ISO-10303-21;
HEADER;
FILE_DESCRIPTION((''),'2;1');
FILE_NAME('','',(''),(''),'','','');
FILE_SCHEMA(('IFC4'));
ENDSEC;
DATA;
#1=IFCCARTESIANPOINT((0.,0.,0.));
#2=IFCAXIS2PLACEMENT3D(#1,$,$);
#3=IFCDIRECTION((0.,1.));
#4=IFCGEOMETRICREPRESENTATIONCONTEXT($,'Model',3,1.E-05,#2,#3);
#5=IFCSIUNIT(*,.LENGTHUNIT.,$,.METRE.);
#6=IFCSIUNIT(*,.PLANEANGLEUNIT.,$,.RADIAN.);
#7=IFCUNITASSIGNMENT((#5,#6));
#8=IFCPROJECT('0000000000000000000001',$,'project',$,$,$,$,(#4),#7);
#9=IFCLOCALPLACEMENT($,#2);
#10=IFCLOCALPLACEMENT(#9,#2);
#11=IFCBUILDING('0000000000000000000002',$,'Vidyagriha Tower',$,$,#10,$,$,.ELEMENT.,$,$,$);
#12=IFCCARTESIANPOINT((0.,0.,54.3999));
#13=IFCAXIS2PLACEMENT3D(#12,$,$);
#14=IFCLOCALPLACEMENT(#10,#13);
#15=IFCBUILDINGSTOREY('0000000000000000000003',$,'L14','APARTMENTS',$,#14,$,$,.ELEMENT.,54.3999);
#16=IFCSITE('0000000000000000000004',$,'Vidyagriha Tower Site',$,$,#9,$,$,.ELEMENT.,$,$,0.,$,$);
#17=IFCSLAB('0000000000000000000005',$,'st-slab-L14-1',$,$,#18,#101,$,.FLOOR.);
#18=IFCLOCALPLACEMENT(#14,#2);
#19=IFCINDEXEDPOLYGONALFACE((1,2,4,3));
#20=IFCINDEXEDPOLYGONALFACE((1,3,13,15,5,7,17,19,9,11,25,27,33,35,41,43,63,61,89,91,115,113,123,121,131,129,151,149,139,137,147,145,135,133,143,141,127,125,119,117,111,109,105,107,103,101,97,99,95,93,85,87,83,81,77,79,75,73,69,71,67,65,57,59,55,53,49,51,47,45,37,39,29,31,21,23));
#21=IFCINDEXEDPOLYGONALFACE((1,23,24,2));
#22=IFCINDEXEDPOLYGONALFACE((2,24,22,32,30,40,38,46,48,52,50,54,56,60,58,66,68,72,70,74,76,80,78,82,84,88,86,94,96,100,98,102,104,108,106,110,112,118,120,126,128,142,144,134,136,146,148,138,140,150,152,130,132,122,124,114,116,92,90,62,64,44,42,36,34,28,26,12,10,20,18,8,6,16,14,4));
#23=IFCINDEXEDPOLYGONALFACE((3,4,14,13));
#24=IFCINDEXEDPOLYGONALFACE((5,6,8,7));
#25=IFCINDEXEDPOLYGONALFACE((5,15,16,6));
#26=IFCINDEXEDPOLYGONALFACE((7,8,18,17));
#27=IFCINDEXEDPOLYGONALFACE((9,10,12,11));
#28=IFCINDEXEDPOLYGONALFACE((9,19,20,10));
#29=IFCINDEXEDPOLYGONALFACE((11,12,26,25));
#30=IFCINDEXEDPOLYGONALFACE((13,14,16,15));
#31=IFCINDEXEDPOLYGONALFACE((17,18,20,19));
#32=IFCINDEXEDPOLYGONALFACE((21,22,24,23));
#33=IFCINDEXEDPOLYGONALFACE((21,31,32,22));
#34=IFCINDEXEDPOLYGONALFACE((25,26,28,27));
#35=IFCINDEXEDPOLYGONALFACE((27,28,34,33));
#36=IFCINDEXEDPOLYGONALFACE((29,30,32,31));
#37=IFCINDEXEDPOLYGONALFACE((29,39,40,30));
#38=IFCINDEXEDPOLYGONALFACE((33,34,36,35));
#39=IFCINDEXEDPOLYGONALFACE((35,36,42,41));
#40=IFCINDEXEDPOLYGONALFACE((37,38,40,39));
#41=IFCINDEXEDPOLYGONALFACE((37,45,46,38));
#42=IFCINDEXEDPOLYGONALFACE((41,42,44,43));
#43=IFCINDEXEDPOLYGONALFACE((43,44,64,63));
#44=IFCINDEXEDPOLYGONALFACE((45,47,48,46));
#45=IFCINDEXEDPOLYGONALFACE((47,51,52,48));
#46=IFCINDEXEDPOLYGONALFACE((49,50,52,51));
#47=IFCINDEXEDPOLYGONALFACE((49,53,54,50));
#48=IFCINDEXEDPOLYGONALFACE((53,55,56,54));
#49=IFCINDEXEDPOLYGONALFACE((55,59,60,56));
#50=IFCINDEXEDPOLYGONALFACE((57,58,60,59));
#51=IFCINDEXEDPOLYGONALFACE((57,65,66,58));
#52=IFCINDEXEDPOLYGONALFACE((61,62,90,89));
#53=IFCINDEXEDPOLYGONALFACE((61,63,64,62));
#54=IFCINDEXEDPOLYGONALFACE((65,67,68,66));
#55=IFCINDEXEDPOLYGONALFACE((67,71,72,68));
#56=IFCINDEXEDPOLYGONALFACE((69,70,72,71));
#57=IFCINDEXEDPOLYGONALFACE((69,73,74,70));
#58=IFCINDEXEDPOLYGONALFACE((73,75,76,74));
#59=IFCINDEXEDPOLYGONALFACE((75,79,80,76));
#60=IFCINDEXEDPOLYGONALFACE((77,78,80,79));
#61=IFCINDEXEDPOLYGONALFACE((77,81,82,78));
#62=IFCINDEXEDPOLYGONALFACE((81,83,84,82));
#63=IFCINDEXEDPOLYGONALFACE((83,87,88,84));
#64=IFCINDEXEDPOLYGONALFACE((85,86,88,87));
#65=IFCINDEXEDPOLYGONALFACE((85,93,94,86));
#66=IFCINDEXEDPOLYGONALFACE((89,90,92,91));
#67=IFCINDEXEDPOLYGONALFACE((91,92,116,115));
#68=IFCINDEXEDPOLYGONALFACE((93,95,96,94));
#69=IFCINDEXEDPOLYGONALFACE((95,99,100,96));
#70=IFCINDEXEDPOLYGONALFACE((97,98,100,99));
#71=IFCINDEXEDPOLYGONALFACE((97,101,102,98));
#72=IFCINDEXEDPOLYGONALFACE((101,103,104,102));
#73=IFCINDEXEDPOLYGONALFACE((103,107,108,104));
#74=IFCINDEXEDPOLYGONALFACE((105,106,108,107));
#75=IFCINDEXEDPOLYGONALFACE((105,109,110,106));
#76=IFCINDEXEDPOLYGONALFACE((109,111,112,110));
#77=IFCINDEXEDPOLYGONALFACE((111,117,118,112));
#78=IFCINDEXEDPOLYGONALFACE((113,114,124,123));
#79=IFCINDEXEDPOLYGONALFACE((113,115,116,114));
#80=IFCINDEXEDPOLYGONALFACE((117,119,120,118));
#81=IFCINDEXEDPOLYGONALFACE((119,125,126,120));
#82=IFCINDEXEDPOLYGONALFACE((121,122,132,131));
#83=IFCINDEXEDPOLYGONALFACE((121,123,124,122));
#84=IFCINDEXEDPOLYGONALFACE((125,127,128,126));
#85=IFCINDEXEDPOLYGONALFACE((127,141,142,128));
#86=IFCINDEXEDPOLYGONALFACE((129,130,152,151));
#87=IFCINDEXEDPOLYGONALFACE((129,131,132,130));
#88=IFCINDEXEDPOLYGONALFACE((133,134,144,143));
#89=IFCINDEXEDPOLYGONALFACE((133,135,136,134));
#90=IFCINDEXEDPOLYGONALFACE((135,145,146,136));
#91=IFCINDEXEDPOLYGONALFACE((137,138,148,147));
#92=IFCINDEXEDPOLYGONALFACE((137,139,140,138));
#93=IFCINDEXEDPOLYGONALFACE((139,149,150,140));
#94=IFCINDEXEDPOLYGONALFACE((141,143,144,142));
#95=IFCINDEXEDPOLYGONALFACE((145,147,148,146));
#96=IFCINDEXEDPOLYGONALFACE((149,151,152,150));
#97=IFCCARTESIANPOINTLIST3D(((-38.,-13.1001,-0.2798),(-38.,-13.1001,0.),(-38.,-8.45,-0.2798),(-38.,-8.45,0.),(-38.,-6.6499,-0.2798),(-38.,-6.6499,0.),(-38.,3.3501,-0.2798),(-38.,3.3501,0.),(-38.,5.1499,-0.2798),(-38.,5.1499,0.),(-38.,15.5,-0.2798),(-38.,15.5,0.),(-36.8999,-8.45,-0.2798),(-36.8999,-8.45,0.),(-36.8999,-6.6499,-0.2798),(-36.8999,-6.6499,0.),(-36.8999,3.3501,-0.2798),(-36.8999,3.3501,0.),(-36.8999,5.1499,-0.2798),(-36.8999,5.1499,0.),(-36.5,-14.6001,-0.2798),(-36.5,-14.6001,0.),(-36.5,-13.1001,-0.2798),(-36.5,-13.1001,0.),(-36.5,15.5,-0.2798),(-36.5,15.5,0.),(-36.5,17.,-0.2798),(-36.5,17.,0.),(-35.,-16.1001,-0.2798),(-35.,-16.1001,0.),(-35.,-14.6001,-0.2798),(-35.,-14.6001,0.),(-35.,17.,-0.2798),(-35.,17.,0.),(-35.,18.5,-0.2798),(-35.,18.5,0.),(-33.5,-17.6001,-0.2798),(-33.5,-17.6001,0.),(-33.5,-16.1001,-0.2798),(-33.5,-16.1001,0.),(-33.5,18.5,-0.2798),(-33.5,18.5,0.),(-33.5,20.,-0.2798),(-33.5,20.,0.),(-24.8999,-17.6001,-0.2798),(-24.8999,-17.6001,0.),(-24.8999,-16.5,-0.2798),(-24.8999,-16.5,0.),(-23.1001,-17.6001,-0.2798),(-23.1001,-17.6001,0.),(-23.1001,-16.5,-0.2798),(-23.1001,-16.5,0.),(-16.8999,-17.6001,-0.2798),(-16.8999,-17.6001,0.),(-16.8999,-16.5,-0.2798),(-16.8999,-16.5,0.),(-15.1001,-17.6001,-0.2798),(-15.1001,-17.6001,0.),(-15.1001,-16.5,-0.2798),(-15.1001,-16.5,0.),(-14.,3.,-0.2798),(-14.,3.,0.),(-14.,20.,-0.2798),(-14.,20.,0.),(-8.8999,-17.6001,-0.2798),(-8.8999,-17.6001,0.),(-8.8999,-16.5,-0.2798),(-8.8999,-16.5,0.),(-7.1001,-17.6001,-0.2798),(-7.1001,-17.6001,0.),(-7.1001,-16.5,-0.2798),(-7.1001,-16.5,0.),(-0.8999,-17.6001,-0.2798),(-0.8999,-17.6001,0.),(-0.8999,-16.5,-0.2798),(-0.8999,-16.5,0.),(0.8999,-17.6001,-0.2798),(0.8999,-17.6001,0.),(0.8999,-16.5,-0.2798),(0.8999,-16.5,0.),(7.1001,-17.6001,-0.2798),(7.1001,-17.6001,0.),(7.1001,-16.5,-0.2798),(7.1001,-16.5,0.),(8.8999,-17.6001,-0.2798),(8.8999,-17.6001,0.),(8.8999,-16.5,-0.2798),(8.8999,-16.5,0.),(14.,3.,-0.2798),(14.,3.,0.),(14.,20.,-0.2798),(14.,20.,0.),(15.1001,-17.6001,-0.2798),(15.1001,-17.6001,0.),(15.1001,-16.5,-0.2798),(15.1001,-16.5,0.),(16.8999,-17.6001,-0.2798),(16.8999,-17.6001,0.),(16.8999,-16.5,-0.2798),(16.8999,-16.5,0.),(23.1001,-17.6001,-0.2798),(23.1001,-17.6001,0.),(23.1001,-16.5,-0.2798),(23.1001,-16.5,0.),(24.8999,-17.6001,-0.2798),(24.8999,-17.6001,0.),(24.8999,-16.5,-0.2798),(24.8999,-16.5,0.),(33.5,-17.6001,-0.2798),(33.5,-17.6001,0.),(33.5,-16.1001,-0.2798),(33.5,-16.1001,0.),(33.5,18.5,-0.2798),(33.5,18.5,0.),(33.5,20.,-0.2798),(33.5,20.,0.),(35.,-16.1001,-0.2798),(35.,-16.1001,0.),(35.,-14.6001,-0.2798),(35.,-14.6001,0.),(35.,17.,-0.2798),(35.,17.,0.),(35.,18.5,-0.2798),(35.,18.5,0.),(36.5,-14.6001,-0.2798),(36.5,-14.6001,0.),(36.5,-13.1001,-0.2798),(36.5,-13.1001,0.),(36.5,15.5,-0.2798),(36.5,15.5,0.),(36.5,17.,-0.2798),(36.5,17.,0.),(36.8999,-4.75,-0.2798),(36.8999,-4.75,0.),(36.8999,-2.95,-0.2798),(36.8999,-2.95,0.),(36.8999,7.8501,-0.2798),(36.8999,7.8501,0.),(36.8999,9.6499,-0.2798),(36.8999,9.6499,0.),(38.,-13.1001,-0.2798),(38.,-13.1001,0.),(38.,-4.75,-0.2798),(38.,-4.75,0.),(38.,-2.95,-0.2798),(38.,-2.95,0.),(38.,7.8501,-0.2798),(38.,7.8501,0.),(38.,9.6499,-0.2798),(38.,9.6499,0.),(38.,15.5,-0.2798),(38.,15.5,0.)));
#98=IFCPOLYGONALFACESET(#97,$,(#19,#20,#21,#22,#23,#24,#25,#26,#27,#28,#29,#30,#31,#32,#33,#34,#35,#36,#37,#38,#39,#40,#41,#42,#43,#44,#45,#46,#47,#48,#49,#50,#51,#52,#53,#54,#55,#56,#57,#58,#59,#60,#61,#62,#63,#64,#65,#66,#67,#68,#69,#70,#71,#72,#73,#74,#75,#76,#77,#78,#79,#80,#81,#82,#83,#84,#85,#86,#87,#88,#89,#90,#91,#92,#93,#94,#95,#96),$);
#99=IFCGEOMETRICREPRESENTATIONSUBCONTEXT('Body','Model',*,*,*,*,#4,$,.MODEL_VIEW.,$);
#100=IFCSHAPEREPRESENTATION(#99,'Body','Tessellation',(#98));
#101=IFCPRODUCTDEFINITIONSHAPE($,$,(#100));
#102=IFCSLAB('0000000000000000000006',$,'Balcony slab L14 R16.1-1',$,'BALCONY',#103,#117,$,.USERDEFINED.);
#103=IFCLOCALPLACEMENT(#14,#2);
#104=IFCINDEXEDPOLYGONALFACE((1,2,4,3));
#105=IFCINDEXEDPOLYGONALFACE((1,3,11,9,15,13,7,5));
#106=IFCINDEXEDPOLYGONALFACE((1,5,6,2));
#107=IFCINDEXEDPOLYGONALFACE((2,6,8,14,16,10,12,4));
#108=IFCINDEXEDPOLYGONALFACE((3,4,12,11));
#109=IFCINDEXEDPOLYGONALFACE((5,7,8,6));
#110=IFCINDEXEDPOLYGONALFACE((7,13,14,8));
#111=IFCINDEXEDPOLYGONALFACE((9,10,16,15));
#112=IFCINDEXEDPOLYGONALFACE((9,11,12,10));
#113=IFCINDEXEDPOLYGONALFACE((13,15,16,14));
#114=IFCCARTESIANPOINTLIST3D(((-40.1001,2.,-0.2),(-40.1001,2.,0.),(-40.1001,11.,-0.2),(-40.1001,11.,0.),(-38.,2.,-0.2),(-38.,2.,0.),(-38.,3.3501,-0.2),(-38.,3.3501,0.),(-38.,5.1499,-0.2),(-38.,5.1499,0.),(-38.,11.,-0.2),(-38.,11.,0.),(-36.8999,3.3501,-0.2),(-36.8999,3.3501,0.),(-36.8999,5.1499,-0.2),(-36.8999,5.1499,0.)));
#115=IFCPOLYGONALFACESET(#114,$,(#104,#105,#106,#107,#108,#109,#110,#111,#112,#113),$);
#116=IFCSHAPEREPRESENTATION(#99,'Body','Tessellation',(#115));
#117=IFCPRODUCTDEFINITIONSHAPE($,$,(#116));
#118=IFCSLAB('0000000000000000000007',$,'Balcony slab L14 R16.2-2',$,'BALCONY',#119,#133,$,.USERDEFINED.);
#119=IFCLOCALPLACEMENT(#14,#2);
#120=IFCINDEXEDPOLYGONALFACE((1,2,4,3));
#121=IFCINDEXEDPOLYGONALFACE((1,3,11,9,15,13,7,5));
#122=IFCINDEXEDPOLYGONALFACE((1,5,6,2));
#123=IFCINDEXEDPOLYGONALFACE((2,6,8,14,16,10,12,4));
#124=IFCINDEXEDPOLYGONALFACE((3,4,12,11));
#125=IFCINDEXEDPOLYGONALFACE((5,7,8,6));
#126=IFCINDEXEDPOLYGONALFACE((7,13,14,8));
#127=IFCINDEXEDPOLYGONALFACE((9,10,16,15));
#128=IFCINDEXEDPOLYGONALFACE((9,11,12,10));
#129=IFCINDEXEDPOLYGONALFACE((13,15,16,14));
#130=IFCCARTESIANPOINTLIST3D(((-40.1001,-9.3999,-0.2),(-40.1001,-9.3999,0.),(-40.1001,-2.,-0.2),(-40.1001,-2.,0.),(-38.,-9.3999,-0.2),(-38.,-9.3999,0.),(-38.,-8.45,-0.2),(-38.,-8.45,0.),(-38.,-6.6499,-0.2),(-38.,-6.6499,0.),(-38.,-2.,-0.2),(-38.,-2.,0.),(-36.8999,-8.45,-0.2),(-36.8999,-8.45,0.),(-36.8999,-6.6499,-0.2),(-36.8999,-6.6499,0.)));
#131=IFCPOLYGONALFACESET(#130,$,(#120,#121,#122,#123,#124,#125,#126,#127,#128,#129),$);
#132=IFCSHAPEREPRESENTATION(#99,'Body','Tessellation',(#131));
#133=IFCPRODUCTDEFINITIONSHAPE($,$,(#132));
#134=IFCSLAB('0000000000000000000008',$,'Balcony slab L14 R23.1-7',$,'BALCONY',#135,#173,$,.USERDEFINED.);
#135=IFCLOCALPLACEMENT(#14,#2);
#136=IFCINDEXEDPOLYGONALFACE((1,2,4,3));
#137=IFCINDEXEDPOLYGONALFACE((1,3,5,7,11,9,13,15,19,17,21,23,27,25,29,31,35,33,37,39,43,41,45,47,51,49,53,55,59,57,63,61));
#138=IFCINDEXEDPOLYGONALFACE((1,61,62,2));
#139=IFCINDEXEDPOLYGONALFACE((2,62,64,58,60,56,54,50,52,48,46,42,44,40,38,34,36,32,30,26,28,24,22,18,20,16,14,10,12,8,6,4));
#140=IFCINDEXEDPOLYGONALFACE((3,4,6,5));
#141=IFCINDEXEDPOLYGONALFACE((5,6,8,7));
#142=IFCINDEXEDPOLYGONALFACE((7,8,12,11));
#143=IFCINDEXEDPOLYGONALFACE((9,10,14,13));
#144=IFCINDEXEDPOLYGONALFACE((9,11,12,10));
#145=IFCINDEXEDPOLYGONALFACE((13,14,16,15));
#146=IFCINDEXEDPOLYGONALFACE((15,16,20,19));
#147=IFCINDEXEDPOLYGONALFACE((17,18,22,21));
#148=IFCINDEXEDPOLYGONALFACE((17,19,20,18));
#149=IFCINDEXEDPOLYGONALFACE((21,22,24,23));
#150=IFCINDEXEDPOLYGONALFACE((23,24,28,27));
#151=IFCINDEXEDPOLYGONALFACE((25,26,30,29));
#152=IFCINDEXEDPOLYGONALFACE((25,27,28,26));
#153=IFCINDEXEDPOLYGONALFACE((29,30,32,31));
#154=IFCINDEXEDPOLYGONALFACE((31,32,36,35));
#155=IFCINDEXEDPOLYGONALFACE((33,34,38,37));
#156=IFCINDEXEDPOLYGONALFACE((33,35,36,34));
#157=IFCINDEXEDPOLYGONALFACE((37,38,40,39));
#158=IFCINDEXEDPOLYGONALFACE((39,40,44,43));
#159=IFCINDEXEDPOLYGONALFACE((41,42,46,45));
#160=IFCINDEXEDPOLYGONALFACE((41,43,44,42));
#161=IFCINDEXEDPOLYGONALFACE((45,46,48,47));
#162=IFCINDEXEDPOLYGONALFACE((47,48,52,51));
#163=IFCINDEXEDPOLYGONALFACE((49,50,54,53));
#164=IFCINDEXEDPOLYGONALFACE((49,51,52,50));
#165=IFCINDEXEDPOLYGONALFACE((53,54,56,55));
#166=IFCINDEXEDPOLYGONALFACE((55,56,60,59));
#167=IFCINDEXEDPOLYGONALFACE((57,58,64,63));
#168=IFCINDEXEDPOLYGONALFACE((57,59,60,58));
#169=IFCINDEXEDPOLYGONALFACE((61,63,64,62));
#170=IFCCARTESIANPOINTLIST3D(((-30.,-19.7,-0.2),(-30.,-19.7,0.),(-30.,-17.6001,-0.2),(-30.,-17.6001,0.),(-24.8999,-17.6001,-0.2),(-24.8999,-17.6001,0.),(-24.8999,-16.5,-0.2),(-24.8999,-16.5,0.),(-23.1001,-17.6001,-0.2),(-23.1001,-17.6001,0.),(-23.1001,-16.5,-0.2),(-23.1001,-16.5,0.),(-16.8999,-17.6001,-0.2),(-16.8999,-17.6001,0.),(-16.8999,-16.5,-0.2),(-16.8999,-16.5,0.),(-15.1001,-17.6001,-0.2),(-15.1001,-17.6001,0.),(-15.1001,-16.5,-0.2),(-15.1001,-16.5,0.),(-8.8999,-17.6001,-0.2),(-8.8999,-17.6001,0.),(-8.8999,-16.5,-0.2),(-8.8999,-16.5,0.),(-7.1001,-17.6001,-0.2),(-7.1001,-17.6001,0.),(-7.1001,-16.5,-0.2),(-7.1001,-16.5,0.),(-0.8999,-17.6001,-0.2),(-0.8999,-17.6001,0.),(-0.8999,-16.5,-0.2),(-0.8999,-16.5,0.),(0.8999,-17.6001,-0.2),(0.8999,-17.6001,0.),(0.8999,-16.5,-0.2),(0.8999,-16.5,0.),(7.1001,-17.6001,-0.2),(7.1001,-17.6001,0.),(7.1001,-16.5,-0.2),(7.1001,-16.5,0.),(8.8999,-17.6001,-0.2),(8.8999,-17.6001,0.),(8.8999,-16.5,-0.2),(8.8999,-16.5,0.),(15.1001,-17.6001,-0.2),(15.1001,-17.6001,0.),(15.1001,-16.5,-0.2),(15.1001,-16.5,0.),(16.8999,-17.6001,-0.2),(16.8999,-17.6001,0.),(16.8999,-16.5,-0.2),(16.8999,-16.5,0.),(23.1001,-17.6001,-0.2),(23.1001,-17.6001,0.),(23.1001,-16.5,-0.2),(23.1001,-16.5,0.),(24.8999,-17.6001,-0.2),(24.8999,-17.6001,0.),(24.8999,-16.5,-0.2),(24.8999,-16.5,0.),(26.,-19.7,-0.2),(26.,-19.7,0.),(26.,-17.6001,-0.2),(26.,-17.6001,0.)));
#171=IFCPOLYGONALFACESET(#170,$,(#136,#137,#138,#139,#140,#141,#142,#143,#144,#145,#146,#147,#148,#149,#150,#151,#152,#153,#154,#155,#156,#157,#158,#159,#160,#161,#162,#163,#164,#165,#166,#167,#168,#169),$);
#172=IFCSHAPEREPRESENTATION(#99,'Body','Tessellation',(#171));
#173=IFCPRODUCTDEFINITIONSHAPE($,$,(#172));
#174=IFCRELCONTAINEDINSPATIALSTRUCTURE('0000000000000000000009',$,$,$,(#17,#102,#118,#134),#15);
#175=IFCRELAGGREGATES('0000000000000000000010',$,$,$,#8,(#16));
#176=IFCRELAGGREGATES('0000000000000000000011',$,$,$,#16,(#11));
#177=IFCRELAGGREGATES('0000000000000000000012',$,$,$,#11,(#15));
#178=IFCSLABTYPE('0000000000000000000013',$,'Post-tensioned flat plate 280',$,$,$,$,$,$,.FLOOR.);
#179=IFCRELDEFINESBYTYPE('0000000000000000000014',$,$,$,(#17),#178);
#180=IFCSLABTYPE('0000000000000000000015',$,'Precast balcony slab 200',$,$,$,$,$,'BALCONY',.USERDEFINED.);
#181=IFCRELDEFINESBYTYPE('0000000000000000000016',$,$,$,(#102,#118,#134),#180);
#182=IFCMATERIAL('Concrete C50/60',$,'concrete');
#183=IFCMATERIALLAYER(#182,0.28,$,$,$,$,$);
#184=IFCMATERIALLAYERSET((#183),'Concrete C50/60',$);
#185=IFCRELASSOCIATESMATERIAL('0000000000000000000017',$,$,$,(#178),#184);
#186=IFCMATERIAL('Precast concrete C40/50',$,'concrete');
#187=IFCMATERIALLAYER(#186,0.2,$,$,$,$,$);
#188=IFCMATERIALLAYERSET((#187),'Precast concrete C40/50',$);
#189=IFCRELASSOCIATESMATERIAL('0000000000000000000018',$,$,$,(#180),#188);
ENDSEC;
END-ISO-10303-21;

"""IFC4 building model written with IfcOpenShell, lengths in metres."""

from ifc_helpers import new_model, si_unit, direction, frame, origin, place, context, subcontext, project, spatial, polyline, outline, extrude, material, layer, layer_set, type_object, element, save


model = new_model("IFC4")

# Units and contexts
model_context = context("Model", 3, precision=1e-05, world=origin(), true_north=direction((0.0, 1.0)))
body_context = subcontext(model_context, "Body", "Model", "MODEL_VIEW")
ifc_project = project(units=[si_unit("LENGTHUNIT", "METRE"), si_unit("PLANEANGLEUNIT", "RADIAN")], contexts=[model_context])

# Site, building, storey
site_placement = place(None, origin())
site = spatial("IfcSite", under=ifc_project, at=site_placement, Name="Vidyagriha Tower Site", CompositionType="ELEMENT", RefElevation=0.0)
building_placement = place(site_placement, origin())
building = spatial("IfcBuilding", under=site, at=building_placement, Name="Vidyagriha Tower", CompositionType="ELEMENT")
storey_placement = place(building_placement, frame((0.0, 0.0, 54.3999)))
storey = spatial("IfcBuildingStorey", under=building, at=storey_placement, Name="L14", Description="APARTMENTS", CompositionType="ELEMENT", Elevation=54.3999)

# Slabs
ifc_material_1 = material(Name="Concrete C50/60", Category="concrete")
ifc_layer_1 = layer(ifc_material_1, 0.28)
ifc_layer_set_1 = layer_set([ifc_layer_1], Name="Concrete C50/60")
slab_type_1 = type_object("IfcSlabType", Name="Post-tensioned flat plate 280", PredefinedType="FLOOR", material=ifc_layer_set_1)
slab_1_placement = place(storey_placement, frame((0.0, 0.0, -0.2798)))
element("IfcSlab", 1, at=slab_1_placement, inside=storey, type_object=slab_type_1, Name="st-slab-L14-1", PredefinedType="FLOOR", context=body_context, shape_type="SweptSolid", body=[
    extrude(outline(polyline([(36.5, -14.6001), (35.0, -14.6001), (35.0, -16.1001), (33.5, -16.1001), (33.5, -17.6001), (24.8999, -17.6001), (24.8999, -16.5), (23.1001, -16.5), (23.1001, -17.6001), (16.8999, -17.6001), (16.8999, -16.5), (15.1001, -16.5), (15.1001, -17.6001), (8.8999, -17.6001), (8.8999, -16.5), (7.1001, -16.5), (7.1001, -17.6001), (0.8999, -17.6001), (0.8999, -16.5), (-0.8999, -16.5), (-0.8999, -17.6001), (-7.1001, -17.6001), (-7.1001, -16.5), (-8.8999, -16.5), (-8.8999, -17.6001), (-15.1001, -17.6001), (-15.1001, -16.5), (-16.8999, -16.5), (-16.8999, -17.6001), (-23.1001, -17.6001), (-23.1001, -16.5), (-24.8999, -16.5), (-24.8999, -17.6001), (-33.5, -17.6001), (-33.5, -16.1001), (-35.0, -16.1001), (-35.0, -14.6001), (-36.5, -14.6001), (-36.5, -13.1001), (-38.0, -13.1001), (-38.0, -8.45), (-36.8999, -8.45), (-36.8999, -6.6499), (-38.0, -6.6499), (-38.0, 3.3501), (-36.8999, 3.3501), (-36.8999, 5.1499), (-38.0, 5.1499), (-38.0, 15.5), (-36.5, 15.5), (-36.5, 17.0), (-35.0, 17.0), (-35.0, 18.5), (-33.5, 18.5), (-33.5, 20.0), (-14.0, 20.0), (-14.0, 3.0), (14.0, 3.0), (14.0, 20.0), (33.5, 20.0), (33.5, 18.5), (35.0, 18.5), (35.0, 17.0), (36.5, 17.0), (36.5, 15.5), (38.0, 15.5), (38.0, 9.6499), (36.8999, 9.6499), (36.8999, 7.8501), (38.0, 7.8501), (38.0, -2.95), (36.8999, -2.95), (36.8999, -4.75), (38.0, -4.75), (38.0, -13.1001), (36.5, -13.1001), (36.5, -14.6001)])), origin(), (0.0, 0.0, 1.0), 0.2798),
])
ifc_material_2 = material(Name="Precast concrete C40/50", Category="concrete")
ifc_layer_2 = layer(ifc_material_2, 0.2)
ifc_layer_set_2 = layer_set([ifc_layer_2], Name="Precast concrete C40/50")
slab_type_2 = type_object("IfcSlabType", Name="Precast balcony slab 200", ElementType="BALCONY", PredefinedType="USERDEFINED", material=ifc_layer_set_2)
slab_2_placement = place(storey_placement, frame((0.0, 0.0, -0.2)))
element("IfcSlab", 2, at=slab_2_placement, inside=storey, type_object=slab_type_2, Name="Balcony slab L14 R16.1-1", ObjectType="BALCONY", PredefinedType="USERDEFINED", context=body_context, shape_type="SweptSolid", body=[
    extrude(outline(polyline([(-36.8999, 3.3501), (-36.8999, 5.1499), (-38.0, 5.1499), (-38.0, 11.0), (-40.1001, 11.0), (-40.1001, 2.0), (-38.0, 2.0), (-38.0, 3.3501), (-36.8999, 3.3501)])), origin(), (0.0, 0.0, 1.0), 0.2),
])
slab_3_placement = place(storey_placement, frame((0.0, 0.0, -0.2)))
element("IfcSlab", 3, at=slab_3_placement, inside=storey, type_object=slab_type_2, Name="Balcony slab L14 R16.2-2", ObjectType="BALCONY", PredefinedType="USERDEFINED", context=body_context, shape_type="SweptSolid", body=[
    extrude(outline(polyline([(-36.8999, -8.45), (-36.8999, -6.6499), (-38.0, -6.6499), (-38.0, -2.0), (-40.1001, -2.0), (-40.1001, -9.3999), (-38.0, -9.3999), (-38.0, -8.45), (-36.8999, -8.45)])), origin(), (0.0, 0.0, 1.0), 0.2),
])
slab_4_placement = place(storey_placement, frame((0.0, 0.0, -0.2)))
element("IfcSlab", 4, at=slab_4_placement, inside=storey, type_object=slab_type_2, Name="Balcony slab L14 R23.1-7", ObjectType="BALCONY", PredefinedType="USERDEFINED", context=body_context, shape_type="SweptSolid", body=[
    extrude(outline(polyline([(-23.1001, -16.5), (-24.8999, -16.5), (-24.8999, -17.6001), (-30.0, -17.6001), (-30.0, -19.7), (26.0, -19.7), (26.0, -17.6001), (24.8999, -17.6001), (24.8999, -16.5), (23.1001, -16.5), (23.1001, -17.6001), (16.8999, -17.6001), (16.8999, -16.5), (15.1001, -16.5), (15.1001, -17.6001), (8.8999, -17.6001), (8.8999, -16.5), (7.1001, -16.5), (7.1001, -17.6001), (0.8999, -17.6001), (0.8999, -16.5), (-0.8999, -16.5), (-0.8999, -17.6001), (-7.1001, -17.6001), (-7.1001, -16.5), (-8.8999, -16.5), (-8.8999, -17.6001), (-15.1001, -17.6001), (-15.1001, -16.5), (-16.8999, -16.5), (-16.8999, -17.6001), (-23.1001, -17.6001), (-23.1001, -16.5)])), origin(), (0.0, 0.0, 1.0), 0.2),
])

save(model, "model.ifc")
